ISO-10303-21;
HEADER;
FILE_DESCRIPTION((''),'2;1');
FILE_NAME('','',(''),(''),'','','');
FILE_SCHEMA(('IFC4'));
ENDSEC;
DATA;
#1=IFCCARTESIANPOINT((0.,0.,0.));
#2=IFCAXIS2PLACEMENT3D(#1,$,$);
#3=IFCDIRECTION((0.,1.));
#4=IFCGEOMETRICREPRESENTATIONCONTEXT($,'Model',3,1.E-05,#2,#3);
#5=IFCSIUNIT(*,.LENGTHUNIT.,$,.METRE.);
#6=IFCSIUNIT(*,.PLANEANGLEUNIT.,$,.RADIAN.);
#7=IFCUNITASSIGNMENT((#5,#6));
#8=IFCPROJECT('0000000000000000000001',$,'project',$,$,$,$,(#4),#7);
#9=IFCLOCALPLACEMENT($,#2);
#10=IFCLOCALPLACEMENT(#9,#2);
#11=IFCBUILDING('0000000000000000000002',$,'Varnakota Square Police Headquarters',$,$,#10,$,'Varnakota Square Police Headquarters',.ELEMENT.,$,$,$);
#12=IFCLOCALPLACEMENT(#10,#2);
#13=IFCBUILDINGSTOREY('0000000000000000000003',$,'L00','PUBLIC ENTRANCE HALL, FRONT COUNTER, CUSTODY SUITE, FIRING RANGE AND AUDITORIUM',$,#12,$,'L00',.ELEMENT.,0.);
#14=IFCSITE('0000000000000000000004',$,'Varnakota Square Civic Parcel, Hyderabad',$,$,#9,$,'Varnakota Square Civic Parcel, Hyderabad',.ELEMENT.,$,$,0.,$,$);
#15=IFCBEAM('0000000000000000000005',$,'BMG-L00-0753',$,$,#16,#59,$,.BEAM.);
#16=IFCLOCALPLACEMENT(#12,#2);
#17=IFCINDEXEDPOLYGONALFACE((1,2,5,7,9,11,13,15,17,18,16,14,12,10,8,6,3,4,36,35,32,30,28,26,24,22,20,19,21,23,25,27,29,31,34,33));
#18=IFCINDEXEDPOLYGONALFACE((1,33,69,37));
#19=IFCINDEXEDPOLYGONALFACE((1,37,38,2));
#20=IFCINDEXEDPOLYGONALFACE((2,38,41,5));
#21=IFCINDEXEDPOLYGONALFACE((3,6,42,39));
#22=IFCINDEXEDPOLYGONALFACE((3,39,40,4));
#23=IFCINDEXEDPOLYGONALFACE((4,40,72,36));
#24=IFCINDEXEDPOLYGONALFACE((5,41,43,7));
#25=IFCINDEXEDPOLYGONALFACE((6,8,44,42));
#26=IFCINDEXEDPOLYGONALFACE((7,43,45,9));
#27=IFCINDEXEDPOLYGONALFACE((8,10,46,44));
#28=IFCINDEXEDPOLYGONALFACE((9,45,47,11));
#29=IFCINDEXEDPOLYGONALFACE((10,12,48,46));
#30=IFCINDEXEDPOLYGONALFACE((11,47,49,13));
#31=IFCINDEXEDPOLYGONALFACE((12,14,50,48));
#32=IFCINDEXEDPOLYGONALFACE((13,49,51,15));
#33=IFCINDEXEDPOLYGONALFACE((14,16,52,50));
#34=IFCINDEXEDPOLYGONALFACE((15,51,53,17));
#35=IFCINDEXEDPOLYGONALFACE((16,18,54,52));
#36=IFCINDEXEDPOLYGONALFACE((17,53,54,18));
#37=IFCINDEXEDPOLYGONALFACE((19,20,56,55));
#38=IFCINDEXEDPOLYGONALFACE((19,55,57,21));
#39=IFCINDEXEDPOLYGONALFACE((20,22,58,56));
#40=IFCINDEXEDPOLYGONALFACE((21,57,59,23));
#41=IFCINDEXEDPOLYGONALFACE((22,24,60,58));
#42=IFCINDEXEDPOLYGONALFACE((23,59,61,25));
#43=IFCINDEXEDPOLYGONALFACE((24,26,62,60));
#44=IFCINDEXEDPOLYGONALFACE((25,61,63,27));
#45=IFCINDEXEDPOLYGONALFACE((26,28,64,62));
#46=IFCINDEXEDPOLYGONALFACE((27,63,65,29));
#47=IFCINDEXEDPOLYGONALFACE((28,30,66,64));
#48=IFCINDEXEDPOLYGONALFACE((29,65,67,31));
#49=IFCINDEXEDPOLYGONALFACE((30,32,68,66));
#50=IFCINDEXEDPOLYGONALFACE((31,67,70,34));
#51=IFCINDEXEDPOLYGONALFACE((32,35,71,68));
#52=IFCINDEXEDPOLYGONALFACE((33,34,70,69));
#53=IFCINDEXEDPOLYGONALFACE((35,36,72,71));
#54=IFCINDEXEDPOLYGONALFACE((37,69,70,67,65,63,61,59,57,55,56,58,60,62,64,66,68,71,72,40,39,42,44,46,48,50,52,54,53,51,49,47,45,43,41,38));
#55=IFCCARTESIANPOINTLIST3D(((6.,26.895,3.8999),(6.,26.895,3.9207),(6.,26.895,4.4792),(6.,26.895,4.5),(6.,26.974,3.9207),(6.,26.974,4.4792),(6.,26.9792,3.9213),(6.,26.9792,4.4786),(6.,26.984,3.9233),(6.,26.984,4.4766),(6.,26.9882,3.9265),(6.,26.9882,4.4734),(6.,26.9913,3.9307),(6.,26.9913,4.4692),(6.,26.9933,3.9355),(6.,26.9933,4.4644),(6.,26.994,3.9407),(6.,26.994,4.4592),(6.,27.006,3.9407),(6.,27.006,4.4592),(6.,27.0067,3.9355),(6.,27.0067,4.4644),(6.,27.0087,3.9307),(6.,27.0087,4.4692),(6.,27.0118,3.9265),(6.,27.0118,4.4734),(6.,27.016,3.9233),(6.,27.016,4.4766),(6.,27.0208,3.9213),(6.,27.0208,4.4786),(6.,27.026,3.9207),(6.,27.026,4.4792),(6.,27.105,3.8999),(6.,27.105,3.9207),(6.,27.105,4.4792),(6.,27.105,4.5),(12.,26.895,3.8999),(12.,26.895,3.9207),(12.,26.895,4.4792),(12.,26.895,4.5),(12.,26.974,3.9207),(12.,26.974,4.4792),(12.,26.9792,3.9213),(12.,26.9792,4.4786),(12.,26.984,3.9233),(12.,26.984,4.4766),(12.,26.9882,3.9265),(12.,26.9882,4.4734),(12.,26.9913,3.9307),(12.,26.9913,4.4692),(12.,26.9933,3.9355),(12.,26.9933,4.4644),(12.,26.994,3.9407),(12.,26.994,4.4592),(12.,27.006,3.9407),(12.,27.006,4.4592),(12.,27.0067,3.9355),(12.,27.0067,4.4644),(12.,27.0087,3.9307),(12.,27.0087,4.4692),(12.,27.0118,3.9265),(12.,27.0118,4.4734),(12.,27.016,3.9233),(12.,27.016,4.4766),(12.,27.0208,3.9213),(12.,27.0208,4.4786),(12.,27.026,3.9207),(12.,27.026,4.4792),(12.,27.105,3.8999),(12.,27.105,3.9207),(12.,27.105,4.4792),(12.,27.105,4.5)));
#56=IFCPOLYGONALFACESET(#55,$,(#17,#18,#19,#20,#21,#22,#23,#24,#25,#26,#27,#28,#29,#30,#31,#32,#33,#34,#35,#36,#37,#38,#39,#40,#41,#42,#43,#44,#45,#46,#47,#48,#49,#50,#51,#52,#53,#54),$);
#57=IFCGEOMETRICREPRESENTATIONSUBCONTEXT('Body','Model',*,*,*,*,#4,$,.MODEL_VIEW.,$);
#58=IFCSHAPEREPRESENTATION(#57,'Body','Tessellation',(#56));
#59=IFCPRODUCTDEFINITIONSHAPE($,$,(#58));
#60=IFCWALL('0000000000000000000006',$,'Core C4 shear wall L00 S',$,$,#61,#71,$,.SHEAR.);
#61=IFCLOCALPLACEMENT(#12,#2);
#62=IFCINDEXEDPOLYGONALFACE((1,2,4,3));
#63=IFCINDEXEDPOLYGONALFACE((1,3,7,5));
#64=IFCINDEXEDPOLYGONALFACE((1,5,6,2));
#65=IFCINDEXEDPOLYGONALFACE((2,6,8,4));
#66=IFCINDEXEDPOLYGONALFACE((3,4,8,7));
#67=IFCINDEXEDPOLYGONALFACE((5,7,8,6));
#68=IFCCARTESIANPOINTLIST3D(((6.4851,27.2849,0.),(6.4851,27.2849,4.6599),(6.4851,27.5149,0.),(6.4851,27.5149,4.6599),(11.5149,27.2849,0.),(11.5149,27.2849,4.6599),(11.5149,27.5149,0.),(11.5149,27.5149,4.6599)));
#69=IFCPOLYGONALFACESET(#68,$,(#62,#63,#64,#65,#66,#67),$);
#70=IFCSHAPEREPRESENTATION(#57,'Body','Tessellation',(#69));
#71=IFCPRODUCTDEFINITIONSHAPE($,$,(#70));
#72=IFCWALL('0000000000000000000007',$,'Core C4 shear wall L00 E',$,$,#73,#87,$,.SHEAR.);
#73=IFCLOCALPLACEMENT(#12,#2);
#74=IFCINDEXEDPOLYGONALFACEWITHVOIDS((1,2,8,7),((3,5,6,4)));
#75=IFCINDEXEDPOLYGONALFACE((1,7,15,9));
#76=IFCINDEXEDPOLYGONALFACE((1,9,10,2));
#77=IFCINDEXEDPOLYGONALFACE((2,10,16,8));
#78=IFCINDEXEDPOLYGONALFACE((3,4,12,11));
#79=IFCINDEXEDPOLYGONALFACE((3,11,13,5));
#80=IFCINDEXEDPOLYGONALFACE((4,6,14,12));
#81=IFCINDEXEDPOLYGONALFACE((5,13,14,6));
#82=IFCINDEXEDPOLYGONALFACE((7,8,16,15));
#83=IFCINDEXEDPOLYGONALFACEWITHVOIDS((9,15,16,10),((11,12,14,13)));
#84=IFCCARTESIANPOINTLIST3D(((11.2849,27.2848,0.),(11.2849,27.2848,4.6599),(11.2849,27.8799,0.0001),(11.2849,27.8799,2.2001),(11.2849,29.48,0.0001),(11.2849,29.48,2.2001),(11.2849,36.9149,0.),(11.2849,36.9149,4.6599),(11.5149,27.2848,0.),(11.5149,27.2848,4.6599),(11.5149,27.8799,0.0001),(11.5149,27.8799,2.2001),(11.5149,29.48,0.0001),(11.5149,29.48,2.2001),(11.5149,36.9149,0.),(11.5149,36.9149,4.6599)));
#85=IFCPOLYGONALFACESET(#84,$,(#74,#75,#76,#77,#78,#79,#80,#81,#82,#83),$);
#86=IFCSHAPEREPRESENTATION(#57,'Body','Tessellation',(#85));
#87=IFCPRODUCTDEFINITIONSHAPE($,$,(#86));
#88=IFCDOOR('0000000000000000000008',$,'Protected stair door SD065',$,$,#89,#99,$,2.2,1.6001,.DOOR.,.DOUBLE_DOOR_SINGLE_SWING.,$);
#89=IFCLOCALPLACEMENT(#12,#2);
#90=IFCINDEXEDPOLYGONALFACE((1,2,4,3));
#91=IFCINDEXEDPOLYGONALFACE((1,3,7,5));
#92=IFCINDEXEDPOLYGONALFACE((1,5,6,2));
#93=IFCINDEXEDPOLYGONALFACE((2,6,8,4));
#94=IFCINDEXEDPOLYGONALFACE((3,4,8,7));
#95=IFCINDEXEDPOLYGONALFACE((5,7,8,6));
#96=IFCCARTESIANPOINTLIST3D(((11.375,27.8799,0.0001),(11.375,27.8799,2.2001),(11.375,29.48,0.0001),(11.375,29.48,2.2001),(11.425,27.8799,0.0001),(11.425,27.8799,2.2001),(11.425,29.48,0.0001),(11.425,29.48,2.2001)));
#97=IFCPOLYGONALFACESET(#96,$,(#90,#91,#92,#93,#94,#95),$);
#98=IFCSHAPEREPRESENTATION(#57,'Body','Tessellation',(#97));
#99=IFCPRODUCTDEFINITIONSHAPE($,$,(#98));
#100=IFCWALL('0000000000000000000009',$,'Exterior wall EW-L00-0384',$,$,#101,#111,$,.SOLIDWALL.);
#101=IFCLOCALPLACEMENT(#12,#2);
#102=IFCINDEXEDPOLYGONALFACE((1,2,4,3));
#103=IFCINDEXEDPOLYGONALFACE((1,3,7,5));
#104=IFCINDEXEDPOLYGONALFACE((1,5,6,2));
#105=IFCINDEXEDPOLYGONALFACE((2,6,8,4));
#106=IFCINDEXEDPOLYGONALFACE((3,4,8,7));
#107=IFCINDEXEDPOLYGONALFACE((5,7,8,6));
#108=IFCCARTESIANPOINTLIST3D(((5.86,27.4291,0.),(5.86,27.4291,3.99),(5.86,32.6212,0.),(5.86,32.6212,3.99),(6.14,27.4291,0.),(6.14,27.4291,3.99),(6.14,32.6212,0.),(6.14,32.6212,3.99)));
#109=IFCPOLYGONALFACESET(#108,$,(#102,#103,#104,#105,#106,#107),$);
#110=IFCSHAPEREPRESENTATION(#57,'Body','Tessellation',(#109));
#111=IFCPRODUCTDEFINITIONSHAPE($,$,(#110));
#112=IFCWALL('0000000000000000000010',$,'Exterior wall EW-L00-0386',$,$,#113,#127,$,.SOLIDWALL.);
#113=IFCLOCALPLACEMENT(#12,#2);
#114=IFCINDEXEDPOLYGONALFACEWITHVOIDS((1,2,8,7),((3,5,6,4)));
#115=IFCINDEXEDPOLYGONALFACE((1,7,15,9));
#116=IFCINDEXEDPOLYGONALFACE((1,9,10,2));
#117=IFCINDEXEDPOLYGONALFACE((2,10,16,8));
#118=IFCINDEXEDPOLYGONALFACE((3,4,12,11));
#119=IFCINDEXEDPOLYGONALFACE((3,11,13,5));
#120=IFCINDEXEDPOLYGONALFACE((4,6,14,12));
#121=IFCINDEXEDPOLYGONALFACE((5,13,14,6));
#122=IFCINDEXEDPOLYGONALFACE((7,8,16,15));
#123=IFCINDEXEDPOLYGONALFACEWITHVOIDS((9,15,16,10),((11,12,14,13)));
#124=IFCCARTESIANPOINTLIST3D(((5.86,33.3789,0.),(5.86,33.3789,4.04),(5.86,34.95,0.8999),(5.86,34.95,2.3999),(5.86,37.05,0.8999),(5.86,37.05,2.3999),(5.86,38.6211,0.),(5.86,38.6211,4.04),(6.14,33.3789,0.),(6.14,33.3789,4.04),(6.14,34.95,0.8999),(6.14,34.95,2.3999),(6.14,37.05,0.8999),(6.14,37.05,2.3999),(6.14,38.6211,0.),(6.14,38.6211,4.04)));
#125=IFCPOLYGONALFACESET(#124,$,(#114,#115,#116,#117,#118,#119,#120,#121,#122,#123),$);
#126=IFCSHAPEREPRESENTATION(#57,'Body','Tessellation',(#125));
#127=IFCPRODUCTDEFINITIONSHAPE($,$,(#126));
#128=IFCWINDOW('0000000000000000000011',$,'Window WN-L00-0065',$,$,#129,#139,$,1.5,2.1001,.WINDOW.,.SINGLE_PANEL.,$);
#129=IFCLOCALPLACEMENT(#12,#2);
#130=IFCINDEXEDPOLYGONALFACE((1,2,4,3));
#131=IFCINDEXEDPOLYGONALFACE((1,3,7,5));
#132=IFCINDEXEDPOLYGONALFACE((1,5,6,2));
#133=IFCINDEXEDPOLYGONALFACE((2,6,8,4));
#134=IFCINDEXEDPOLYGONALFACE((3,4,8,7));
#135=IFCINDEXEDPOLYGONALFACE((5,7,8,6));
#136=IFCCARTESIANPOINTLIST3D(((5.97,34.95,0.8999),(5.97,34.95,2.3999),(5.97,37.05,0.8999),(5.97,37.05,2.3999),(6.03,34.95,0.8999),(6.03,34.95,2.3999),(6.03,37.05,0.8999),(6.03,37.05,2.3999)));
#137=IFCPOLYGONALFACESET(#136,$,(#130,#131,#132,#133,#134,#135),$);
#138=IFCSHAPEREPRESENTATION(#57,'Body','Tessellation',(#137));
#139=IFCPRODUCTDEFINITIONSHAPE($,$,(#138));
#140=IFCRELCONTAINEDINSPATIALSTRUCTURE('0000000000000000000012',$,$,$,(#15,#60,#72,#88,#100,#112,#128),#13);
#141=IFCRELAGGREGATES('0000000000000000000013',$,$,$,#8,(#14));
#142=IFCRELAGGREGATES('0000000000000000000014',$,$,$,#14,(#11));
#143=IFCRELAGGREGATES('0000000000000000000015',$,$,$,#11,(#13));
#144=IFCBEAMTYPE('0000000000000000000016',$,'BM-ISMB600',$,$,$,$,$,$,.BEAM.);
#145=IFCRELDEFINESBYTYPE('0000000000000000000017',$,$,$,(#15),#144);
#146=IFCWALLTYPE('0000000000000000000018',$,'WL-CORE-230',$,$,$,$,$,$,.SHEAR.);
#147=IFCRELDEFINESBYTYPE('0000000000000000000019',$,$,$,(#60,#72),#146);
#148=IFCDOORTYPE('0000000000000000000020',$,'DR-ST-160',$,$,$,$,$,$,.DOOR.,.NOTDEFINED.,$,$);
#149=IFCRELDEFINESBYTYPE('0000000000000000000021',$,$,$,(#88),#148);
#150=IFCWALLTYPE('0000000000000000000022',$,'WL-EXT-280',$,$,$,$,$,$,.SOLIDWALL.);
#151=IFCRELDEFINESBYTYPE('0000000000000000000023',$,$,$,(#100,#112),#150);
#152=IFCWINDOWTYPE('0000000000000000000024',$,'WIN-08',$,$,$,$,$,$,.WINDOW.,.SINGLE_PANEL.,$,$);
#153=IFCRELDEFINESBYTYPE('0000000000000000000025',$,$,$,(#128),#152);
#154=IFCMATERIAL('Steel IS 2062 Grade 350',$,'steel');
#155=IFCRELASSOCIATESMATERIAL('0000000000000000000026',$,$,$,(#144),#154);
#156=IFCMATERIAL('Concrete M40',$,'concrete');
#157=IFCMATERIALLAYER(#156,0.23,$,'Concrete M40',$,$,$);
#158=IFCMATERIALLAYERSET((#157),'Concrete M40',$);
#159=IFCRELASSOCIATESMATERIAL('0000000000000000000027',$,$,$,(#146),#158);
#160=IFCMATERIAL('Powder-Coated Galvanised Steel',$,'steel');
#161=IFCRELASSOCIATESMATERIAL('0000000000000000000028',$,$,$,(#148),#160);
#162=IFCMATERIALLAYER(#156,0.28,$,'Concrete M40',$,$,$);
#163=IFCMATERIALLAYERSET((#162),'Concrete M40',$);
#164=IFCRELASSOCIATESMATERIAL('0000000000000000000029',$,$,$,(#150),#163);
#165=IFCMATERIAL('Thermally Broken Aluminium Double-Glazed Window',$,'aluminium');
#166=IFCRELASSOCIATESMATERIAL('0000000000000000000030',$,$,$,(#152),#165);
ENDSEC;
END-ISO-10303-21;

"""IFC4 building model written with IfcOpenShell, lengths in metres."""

from ifc_helpers import new_model, si_unit, direction, frame, frame_2d, origin, origin_2d, place, context, subcontext, project, spatial, rectangle, i_section, extrude, material, layer, layer_set, material_profile, profile_set, type_object, element, fill, save


model = new_model("IFC4")

# Units and contexts
model_context = context("Model", 3, precision=1e-05, world=origin(), true_north=direction((0.0, 1.0)))
body_context = subcontext(model_context, "Body", "Model", "MODEL_VIEW")
ifc_project = project(units=[si_unit("LENGTHUNIT", "METRE"), si_unit("PLANEANGLEUNIT", "RADIAN")], contexts=[model_context])

# Site, building, storey
site_placement = place(None, origin())
site = spatial("IfcSite", under=ifc_project, at=site_placement, Name="Varnakota Square Civic Parcel, Hyderabad", LongName="Varnakota Square Civic Parcel, Hyderabad", CompositionType="ELEMENT", RefElevation=0.0)
building_placement = place(site_placement, origin())
building = spatial("IfcBuilding", under=site, at=building_placement, Name="Varnakota Square Police Headquarters", LongName="Varnakota Square Police Headquarters", CompositionType="ELEMENT")
storey_placement = place(building_placement, origin())
storey = spatial("IfcBuildingStorey", under=building, at=storey_placement, Name="L00", Description="PUBLIC ENTRANCE HALL, FRONT COUNTER, CUSTODY SUITE, FIRING RANGE AND AUDITORIUM", LongName="L00", CompositionType="ELEMENT", Elevation=0.0)

# Beam
ifc_material_1 = material(Name="Steel IS 2062 Grade 350", Category="steel")
ifc_material_profile_1 = material_profile(ifc_material_1, i_section(OverallWidth=0.21, OverallDepth=0.6001, WebThickness=0.012, FlangeThickness=0.0208, FilletRadius=0.02, at=origin_2d()), Name="ISMB 600")
ifc_profile_set_1 = profile_set([ifc_material_profile_1], Name="Steel IS 2062 Grade 350")
beam_type_1 = type_object("IfcBeamType", Name="BM-ISMB600", PredefinedType="BEAM", material=ifc_profile_set_1)
beam_1_placement = place(storey_placement, frame((6.0, 27.0, 4.2), z_axis=(1.0, 0.0, 0.0), x_axis=(0.0, 1.0, 0.0)))
element("IfcBeam", 1, at=beam_1_placement, inside=storey, type_object=beam_type_1, Name="BMG-L00-0753", PredefinedType="BEAM", context=body_context, shape_type="SweptSolid", body=[
    extrude(i_section(OverallWidth=0.21, OverallDepth=0.6001, WebThickness=0.012, FlangeThickness=0.0208, FilletRadius=0.02, at=origin_2d()), origin(), (0.0, 0.0, 1.0), 6.0),
])

# Wall
ifc_material_2 = material(Name="Concrete M40", Category="concrete")
ifc_layer_1 = layer(ifc_material_2, 0.23, Name="Concrete M40")
ifc_layer_set_1 = layer_set([ifc_layer_1], Name="Concrete M40")
wall_type_1 = type_object("IfcWallType", Name="WL-CORE-230", PredefinedType="SHEAR", material=ifc_layer_set_1)
wall_1_placement = place(storey_placement, frame((6.4851, 27.3999, 0.0), z_axis=(0.0, 0.0, 1.0), x_axis=(1.0, 0.0, 0.0)))
element("IfcWall", 2, at=wall_1_placement, inside=storey, type_object=wall_type_1, Name="Core C4 shear wall L00 S", PredefinedType="SHEAR", context=body_context, shape_type="SweptSolid", body=[
    extrude(rectangle(XDim=5.0298, YDim=0.23, at=frame_2d((2.5149, 0.0))), origin(), (0.0, 0.0, 1.0), 4.6599),
])

# Wall, opening, door
wall_2_placement = place(storey_placement, frame((11.3999, 27.2849, 0.0), z_axis=(0.0, 0.0, 1.0), x_axis=(0.0, 1.0, 0.0)))
wall_2 = element("IfcWall", 3, at=wall_2_placement, inside=storey, type_object=wall_type_1, Name="Core C4 shear wall L00 E", PredefinedType="SHEAR", context=body_context, shape_type="SweptSolid", body=[
    extrude(rectangle(XDim=9.6301, YDim=0.23, at=frame_2d((4.8149, 0.0))), origin(), (0.0, 0.0, 1.0), 4.6599),
])
opening_1_placement = place(wall_2_placement, frame((0.595, 0.0, 0.0)))
opening_1 = element("IfcOpeningElement", 4, at=opening_1_placement, cuts=wall_2, PredefinedType="OPENING", context=body_context, shape_type="SweptSolid", body=[
    extrude(rectangle(XDim=1.6001, YDim=2.2, at=frame_2d((0.8, 1.1001))), frame((0.0, 0.125, 0.0), z_axis=(0.0, -1.0, 0.0), x_axis=(1.0, 0.0, 0.0)), (0.0, 0.0, 1.0), 0.25),
])
ifc_material_3 = material(Name="Powder-Coated Galvanised Steel", Category="steel")
door_type_1 = type_object("IfcDoorType", Name="DR-ST-160", OperationType="NOTDEFINED", PredefinedType="DOOR", material=ifc_material_3)
door_1_placement = place(opening_1_placement, origin())
door_1 = element("IfcDoor", 5, at=door_1_placement, inside=storey, type_object=door_type_1, Name="Protected stair door SD065", OperationType="DOUBLE_DOOR_SINGLE_SWING", OverallHeight=2.2, OverallWidth=1.6001, PredefinedType="DOOR", context=body_context, shape_type="SweptSolid", body=[
    extrude(rectangle(XDim=1.6001, YDim=2.2, at=frame_2d((0.8, 1.1001))), frame((0.0, 0.0249, 0.0), z_axis=(0.0, -1.0, 0.0), x_axis=(1.0, 0.0, 0.0)), (0.0, 0.0, 1.0), 0.05),
])
fill(opening_1, door_1)

# Wall
ifc_layer_2 = layer(ifc_material_2, 0.28, Name="Concrete M40")
ifc_layer_set_2 = layer_set([ifc_layer_2], Name="Concrete M40")
wall_type_2 = type_object("IfcWallType", Name="WL-EXT-280", PredefinedType="SOLIDWALL", material=ifc_layer_set_2)
wall_3_placement = place(storey_placement, frame((6.0, 27.429, 0.0), z_axis=(0.0, 0.0, 1.0), x_axis=(0.0, 1.0, 0.0)))
element("IfcWall", 6, at=wall_3_placement, inside=storey, type_object=wall_type_2, Name="Exterior wall EW-L00-0384", PredefinedType="SOLIDWALL", context=body_context, shape_type="SweptSolid", body=[
    extrude(rectangle(XDim=5.1921, YDim=0.28, at=frame_2d((2.5962, 0.0))), origin(), (0.0, 0.0, 1.0), 3.99),
])

# Wall, opening, window
wall_4_placement = place(storey_placement, frame((6.0, 33.3789, 0.0), z_axis=(0.0, 0.0, 1.0), x_axis=(0.0, 1.0, 0.0)))
wall_4 = element("IfcWall", 7, at=wall_4_placement, inside=storey, type_object=wall_type_2, Name="Exterior wall EW-L00-0386", PredefinedType="SOLIDWALL", context=body_context, shape_type="SweptSolid", body=[
    extrude(rectangle(XDim=5.2422, YDim=0.28, at=frame_2d((2.6211, 0.0))), origin(), (0.0, 0.0, 1.0), 4.04),
])
opening_2_placement = place(wall_4_placement, frame((1.571, 0.0, 0.8999)))
opening_2 = element("IfcOpeningElement", 8, at=opening_2_placement, cuts=wall_4, PredefinedType="OPENING", context=body_context, shape_type="SweptSolid", body=[
    extrude(rectangle(XDim=2.1001, YDim=1.5, at=frame_2d((1.05, 0.75))), frame((0.0, 0.1499, 0.0), z_axis=(0.0, -1.0, 0.0), x_axis=(1.0, 0.0, 0.0)), (0.0, 0.0, 1.0), 0.3),
])
ifc_material_4 = material(Name="Thermally Broken Aluminium Double-Glazed Window", Category="aluminium")
window_type = type_object("IfcWindowType", Name="WIN-08", PartitioningType="SINGLE_PANEL", PredefinedType="WINDOW", material=ifc_material_4)
window_placement = place(opening_2_placement, origin())
window = element("IfcWindow", 9, at=window_placement, inside=storey, type_object=window_type, Name="Window WN-L00-0065", OverallHeight=1.5, OverallWidth=2.1001, PartitioningType="SINGLE_PANEL", PredefinedType="WINDOW", context=body_context, shape_type="SweptSolid", body=[
    extrude(rectangle(XDim=2.1001, YDim=1.5, at=frame_2d((1.05, 0.75))), frame((0.0, 0.03, 0.0), z_axis=(0.0, -1.0, 0.0), x_axis=(1.0, 0.0, 0.0)), (0.0, 0.0, 1.0), 0.0601),
])
fill(opening_2, window)

save(model, "model.ifc")
